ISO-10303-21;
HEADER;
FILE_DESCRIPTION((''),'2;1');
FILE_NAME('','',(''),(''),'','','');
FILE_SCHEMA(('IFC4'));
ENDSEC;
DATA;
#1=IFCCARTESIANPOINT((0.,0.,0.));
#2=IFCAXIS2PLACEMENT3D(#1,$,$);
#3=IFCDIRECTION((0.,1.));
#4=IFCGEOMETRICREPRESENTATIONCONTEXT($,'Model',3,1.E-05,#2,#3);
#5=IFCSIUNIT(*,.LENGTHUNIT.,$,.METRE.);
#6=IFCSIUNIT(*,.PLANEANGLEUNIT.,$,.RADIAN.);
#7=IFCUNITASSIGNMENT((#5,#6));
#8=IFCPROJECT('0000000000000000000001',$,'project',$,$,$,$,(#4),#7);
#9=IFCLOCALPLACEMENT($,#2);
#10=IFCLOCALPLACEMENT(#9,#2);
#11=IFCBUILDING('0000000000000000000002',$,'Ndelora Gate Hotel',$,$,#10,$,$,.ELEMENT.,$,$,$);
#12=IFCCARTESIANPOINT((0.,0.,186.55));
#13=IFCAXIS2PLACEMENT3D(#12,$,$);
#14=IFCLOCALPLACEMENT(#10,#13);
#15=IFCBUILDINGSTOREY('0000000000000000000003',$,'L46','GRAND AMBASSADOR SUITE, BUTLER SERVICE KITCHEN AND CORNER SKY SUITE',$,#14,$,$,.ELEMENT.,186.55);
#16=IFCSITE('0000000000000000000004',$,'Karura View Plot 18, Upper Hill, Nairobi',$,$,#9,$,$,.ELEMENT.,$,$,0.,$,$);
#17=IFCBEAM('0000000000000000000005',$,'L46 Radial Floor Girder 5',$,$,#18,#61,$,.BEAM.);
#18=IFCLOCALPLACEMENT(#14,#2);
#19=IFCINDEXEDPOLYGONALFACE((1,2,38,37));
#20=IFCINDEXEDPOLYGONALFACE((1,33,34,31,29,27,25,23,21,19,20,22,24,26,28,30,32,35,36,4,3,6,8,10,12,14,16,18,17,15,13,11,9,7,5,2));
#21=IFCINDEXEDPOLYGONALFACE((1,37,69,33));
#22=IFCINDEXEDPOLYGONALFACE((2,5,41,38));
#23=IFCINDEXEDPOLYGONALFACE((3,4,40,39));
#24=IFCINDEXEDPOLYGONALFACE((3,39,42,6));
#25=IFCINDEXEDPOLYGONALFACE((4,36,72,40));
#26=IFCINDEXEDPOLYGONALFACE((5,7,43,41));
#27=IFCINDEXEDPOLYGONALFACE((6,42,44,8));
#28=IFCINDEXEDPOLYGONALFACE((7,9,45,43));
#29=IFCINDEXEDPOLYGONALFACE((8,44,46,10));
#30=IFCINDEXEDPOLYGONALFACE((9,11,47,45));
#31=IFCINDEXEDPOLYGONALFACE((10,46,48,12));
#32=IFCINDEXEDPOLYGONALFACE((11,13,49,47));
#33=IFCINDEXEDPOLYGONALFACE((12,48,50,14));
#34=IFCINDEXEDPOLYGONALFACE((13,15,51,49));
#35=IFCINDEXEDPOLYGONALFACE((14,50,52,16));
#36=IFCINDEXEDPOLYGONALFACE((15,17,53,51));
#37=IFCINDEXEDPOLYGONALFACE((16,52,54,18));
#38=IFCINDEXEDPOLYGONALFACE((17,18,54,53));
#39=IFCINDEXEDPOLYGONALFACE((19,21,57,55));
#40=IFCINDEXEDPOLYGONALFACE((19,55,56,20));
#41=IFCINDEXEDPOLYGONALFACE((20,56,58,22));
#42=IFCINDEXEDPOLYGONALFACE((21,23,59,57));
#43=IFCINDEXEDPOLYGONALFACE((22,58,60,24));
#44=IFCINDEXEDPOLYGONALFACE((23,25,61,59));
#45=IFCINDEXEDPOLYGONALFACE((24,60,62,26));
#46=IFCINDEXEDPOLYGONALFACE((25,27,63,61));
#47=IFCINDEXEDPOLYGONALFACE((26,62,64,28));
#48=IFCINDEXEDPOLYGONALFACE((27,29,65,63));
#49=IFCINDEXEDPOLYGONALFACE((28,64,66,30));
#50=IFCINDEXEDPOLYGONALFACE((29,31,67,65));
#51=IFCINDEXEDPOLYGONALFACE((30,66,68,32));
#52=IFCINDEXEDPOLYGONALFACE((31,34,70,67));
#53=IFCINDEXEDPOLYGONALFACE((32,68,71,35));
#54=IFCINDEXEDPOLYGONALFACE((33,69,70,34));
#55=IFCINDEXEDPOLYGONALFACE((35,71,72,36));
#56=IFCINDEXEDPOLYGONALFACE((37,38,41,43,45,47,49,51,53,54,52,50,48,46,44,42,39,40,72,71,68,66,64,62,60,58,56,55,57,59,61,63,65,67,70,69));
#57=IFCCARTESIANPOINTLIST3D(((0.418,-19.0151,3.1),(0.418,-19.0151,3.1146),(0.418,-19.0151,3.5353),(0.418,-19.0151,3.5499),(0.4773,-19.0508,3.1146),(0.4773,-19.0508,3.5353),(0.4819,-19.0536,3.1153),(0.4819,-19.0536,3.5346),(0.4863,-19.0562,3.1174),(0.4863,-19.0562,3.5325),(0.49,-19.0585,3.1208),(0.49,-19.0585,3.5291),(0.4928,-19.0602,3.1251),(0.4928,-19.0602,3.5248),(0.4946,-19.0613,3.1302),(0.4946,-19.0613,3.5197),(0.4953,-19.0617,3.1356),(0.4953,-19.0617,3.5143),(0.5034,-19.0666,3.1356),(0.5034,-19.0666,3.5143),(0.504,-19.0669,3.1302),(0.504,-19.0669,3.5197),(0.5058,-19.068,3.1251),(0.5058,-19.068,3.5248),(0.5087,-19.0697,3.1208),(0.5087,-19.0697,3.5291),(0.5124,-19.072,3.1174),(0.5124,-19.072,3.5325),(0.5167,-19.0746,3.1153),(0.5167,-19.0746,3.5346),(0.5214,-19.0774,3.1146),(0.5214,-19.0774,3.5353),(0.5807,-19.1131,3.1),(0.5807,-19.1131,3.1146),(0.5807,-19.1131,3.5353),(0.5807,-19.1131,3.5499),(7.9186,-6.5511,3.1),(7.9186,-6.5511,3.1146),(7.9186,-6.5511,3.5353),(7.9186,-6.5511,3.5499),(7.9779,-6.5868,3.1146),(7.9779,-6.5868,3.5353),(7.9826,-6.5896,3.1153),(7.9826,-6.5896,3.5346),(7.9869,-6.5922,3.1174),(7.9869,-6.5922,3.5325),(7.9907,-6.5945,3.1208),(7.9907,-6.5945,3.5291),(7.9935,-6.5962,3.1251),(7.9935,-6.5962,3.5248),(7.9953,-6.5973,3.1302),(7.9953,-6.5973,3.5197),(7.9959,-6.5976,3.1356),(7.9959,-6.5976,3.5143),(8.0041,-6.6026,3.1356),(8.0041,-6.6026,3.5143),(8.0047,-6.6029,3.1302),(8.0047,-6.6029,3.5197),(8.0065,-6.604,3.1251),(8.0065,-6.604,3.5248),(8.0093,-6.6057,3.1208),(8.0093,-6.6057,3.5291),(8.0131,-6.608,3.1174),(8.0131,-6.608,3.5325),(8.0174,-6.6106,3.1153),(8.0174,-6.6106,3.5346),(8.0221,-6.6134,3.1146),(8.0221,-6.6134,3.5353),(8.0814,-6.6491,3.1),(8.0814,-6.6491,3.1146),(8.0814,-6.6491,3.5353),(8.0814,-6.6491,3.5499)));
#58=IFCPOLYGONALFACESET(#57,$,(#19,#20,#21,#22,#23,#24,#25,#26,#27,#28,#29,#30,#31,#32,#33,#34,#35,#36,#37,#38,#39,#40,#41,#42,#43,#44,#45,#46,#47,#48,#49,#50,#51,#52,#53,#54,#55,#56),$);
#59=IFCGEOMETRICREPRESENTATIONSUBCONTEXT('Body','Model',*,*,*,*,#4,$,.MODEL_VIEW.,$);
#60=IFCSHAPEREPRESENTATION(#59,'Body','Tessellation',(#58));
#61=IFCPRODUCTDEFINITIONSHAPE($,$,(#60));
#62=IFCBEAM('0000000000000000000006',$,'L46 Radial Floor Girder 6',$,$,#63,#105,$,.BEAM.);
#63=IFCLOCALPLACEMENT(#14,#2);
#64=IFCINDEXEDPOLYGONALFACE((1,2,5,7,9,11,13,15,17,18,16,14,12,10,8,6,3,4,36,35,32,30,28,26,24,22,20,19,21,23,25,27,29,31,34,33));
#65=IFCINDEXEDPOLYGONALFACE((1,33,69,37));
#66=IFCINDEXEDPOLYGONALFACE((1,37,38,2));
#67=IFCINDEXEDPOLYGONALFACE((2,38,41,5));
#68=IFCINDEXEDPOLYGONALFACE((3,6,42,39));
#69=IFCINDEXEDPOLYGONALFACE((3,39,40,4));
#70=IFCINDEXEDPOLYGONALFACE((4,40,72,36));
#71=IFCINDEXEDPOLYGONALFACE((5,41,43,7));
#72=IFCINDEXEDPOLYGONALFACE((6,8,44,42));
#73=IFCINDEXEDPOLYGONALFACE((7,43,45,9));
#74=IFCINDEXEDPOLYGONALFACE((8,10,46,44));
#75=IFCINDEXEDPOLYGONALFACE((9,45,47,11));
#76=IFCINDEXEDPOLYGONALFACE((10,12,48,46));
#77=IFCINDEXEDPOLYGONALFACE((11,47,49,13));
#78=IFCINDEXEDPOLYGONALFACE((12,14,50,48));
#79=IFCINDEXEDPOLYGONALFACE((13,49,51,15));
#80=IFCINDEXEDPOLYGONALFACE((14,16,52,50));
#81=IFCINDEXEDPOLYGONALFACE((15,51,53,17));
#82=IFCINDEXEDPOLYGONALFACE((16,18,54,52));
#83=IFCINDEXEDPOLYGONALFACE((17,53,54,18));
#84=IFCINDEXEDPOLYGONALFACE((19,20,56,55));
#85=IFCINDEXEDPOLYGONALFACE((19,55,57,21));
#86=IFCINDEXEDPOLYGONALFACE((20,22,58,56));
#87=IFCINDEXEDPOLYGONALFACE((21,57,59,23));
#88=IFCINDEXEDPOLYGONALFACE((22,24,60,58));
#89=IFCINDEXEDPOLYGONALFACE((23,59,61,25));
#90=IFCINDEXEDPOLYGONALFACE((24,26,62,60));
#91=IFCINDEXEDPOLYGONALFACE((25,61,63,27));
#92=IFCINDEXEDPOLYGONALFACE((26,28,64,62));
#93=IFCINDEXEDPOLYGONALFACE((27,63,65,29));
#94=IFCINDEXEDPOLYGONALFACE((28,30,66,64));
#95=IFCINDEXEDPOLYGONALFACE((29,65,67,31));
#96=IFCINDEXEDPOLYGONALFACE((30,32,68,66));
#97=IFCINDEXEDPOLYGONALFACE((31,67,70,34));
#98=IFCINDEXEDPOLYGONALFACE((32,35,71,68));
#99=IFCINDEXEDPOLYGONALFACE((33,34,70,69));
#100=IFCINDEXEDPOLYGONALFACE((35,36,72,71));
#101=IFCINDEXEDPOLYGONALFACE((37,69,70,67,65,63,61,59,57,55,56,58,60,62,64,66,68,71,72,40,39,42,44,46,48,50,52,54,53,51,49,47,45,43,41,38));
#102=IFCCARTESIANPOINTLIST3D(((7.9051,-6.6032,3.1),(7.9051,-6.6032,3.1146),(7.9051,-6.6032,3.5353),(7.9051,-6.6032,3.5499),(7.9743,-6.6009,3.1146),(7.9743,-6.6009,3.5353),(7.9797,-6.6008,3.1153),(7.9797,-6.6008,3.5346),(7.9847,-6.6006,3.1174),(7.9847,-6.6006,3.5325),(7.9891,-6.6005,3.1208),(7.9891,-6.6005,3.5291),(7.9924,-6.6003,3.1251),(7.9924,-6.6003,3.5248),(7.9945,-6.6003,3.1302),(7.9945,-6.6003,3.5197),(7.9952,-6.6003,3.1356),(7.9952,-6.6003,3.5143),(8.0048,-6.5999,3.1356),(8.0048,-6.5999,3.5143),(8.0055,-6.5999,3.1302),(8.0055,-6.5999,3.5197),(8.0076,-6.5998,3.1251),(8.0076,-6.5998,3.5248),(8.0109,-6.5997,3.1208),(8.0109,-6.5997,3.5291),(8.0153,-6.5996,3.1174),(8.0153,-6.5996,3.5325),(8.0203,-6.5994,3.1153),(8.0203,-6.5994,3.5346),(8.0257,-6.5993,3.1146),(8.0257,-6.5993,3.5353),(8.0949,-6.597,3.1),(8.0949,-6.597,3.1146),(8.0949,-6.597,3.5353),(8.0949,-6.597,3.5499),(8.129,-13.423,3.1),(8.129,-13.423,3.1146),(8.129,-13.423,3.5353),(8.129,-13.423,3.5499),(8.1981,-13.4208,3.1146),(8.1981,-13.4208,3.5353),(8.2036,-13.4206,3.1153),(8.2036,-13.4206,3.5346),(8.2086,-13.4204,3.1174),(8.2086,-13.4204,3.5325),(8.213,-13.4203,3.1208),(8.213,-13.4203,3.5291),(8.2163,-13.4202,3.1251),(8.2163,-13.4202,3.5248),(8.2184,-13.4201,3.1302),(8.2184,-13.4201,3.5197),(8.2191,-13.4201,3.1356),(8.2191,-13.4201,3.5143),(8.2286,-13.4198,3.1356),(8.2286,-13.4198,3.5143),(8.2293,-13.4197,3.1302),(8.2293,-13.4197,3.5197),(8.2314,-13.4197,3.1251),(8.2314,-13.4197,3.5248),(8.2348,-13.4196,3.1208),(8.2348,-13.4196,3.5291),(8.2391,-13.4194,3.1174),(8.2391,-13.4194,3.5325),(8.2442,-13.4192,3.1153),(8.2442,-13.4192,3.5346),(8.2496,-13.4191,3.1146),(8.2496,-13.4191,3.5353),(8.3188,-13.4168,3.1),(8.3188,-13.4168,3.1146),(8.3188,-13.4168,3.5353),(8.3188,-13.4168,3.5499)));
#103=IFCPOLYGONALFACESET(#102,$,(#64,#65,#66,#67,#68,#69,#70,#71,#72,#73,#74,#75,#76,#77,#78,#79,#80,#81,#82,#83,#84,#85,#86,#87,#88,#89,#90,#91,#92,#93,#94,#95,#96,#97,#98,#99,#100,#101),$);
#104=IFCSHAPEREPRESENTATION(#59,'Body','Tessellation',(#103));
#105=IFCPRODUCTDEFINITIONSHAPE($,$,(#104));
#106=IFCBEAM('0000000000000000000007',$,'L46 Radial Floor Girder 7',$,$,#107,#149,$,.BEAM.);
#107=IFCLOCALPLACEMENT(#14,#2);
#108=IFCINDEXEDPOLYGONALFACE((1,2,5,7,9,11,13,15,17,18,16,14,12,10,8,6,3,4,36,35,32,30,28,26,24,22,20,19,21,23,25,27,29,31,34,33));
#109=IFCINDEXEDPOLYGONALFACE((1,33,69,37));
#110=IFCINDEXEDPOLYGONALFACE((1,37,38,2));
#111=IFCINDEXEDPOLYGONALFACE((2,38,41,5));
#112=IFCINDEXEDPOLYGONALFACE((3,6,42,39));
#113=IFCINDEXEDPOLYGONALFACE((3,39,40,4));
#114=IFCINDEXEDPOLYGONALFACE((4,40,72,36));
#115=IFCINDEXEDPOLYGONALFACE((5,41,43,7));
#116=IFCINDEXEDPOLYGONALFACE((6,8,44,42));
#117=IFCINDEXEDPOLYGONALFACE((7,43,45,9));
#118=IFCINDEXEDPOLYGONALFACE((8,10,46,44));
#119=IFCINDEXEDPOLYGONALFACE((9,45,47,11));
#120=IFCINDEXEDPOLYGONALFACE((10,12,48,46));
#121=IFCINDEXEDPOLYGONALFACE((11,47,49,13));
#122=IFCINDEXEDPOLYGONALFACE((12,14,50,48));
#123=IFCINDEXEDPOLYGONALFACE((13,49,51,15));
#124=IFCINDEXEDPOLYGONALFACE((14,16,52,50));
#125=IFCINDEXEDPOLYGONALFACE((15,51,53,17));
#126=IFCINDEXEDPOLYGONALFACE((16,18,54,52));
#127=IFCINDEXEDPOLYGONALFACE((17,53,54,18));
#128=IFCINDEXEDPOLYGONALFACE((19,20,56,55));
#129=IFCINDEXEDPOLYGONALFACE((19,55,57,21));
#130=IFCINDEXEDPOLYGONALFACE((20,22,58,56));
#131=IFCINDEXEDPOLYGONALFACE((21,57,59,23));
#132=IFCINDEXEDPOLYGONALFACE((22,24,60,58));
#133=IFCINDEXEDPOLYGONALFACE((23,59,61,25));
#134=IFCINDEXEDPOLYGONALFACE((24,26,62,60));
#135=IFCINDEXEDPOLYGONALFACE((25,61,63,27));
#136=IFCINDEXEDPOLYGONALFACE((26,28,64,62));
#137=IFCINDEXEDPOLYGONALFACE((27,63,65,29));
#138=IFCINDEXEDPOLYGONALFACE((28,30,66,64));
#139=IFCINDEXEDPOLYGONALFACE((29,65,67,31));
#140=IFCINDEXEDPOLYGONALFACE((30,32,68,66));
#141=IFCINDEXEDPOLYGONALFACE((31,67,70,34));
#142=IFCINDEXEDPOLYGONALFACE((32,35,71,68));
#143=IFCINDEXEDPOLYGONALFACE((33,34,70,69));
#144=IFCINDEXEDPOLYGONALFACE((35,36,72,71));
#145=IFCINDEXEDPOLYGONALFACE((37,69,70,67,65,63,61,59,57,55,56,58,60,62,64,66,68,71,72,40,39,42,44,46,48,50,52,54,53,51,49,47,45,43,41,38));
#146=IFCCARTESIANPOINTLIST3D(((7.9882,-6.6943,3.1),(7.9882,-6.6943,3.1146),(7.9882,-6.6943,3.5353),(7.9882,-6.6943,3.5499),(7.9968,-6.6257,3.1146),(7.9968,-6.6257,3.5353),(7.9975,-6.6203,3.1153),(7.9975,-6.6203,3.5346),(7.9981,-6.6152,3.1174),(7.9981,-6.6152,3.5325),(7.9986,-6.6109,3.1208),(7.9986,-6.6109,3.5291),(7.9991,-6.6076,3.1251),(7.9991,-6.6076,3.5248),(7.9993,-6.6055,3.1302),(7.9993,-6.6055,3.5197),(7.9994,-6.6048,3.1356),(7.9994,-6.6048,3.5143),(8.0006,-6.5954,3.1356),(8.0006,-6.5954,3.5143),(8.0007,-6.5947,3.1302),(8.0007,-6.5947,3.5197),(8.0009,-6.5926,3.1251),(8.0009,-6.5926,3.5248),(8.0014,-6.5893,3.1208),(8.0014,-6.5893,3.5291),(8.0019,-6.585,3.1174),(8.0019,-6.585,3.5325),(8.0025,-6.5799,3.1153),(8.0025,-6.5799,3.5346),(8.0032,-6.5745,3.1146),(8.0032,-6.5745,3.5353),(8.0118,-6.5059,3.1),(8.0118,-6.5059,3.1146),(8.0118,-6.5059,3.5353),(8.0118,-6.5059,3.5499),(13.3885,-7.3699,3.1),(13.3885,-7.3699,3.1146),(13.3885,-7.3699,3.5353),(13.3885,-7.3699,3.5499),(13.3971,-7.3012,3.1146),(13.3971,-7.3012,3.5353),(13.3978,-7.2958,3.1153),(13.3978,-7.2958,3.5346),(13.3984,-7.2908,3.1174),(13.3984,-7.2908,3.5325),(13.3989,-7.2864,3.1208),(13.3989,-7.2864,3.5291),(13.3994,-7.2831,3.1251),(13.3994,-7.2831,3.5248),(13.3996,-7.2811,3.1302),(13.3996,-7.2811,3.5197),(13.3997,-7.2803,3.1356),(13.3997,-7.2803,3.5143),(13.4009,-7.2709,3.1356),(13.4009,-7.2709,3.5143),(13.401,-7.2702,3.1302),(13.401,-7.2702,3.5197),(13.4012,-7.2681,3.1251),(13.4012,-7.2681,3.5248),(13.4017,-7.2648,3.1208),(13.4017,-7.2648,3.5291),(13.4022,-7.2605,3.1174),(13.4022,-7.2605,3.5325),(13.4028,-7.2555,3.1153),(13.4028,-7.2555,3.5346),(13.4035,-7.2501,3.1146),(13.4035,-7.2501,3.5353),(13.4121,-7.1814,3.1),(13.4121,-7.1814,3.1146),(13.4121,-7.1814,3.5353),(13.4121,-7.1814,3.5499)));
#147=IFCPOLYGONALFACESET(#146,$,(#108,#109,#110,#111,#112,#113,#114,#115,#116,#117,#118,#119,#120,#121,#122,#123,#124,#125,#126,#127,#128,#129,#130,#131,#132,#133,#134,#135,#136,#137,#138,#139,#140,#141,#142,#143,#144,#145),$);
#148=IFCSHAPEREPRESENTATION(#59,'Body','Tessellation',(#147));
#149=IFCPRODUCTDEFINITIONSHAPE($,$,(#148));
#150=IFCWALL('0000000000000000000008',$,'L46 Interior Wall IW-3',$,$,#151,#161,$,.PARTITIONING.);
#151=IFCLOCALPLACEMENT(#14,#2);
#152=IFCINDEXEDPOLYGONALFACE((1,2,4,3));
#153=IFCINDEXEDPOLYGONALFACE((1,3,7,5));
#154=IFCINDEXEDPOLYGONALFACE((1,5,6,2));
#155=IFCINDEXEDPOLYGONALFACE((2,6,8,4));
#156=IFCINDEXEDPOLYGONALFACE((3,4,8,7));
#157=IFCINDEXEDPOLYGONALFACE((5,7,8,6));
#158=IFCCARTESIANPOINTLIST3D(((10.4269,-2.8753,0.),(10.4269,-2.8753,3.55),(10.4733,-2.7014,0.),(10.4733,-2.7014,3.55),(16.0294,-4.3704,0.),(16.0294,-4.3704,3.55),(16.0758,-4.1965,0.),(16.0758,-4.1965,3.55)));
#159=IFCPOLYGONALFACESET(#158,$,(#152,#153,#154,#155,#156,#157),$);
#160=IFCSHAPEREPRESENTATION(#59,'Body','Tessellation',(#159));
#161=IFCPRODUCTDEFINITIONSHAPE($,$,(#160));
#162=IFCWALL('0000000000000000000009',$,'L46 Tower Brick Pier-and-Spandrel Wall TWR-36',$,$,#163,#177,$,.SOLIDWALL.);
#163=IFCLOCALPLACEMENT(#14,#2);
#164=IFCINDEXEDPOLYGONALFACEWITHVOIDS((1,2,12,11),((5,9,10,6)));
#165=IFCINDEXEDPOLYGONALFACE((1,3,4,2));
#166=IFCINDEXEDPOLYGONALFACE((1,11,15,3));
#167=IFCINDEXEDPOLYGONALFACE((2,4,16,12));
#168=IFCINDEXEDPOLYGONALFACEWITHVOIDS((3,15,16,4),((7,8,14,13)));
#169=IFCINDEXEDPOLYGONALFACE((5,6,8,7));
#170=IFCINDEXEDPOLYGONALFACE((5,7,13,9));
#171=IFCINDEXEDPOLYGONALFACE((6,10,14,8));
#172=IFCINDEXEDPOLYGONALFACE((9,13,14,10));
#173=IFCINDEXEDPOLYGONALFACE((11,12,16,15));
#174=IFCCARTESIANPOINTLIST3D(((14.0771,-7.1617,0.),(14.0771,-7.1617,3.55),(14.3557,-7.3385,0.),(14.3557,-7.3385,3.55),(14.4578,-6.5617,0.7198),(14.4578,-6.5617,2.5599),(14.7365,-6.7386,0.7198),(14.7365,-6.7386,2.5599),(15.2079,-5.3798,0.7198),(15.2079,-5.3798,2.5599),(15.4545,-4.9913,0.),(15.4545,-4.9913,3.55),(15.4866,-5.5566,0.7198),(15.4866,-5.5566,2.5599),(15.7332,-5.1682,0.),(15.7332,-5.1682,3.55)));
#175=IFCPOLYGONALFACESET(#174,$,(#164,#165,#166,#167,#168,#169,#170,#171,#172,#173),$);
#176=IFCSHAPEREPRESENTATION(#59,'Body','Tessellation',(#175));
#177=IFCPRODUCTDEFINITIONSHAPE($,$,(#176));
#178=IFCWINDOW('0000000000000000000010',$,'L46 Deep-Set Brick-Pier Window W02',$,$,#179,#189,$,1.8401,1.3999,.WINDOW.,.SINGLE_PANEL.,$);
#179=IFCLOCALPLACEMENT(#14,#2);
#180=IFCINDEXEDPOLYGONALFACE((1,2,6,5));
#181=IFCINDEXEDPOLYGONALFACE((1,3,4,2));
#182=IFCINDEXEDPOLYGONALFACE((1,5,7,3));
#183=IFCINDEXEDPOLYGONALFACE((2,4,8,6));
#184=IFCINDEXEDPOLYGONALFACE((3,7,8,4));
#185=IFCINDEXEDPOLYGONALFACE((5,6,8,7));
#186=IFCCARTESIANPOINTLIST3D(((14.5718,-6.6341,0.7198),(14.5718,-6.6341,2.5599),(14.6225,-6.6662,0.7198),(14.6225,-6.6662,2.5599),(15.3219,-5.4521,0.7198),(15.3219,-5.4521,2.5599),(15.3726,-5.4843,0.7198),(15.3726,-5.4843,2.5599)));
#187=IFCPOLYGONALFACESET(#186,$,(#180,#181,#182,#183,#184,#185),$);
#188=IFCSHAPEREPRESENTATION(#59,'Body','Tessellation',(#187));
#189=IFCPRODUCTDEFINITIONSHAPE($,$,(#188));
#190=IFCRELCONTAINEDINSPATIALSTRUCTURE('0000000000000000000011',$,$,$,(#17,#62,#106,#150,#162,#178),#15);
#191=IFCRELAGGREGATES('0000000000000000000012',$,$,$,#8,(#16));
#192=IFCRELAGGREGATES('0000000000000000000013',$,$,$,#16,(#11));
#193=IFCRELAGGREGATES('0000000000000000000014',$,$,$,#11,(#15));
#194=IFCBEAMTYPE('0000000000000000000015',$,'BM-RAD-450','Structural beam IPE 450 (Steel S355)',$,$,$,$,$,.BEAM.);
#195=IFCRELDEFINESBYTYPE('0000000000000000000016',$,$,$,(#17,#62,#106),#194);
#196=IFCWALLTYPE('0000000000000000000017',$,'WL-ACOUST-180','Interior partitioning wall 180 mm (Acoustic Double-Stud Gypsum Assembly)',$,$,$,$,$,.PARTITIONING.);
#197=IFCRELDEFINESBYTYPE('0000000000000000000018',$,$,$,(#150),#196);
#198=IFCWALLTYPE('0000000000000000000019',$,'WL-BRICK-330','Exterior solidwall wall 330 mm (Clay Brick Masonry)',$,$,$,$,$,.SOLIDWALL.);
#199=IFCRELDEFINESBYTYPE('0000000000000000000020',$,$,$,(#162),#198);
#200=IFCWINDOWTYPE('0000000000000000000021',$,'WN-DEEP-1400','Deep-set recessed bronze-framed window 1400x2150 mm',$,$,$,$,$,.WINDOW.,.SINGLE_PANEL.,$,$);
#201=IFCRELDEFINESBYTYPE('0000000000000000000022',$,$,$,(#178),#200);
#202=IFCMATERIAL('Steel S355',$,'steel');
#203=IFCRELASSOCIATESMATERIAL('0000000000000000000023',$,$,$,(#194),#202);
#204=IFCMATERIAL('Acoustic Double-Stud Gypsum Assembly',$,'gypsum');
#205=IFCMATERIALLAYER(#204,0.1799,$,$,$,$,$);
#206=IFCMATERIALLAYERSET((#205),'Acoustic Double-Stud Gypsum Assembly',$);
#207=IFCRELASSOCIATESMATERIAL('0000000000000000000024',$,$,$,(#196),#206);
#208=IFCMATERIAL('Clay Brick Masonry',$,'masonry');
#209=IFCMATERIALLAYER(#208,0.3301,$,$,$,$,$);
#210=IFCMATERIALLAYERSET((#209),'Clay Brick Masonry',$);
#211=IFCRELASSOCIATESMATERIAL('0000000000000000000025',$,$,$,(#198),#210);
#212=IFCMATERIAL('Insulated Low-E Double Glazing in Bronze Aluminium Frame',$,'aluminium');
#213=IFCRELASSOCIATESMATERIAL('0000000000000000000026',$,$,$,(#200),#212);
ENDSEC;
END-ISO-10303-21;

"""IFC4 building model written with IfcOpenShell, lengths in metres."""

from ifc_helpers import new_model, si_unit, direction, frame, frame_2d, origin, origin_2d, place, context, subcontext, project, spatial, rectangle, i_section, extrude, material, layer, layer_set, material_profile, profile_set, type_object, element, fill, save


model = new_model("IFC4")

# Units and contexts
model_context = context("Model", 3, precision=1e-05, world=origin(), true_north=direction((0.0, 1.0)))
body_context = subcontext(model_context, "Body", "Model", "MODEL_VIEW")
ifc_project = project(units=[si_unit("LENGTHUNIT", "METRE"), si_unit("PLANEANGLEUNIT", "RADIAN")], contexts=[model_context])

# Site, building, storey
site_placement = place(None, origin())
site = spatial("IfcSite", under=ifc_project, at=site_placement, Name="Karura View Plot 18, Upper Hill, Nairobi", CompositionType="ELEMENT", RefElevation=0.0)
building_placement = place(site_placement, origin())
building = spatial("IfcBuilding", under=site, at=building_placement, Name="Ndelora Gate Hotel", CompositionType="ELEMENT")
storey_placement = place(building_placement, frame((0.0, 0.0, 186.55)))
storey = spatial("IfcBuildingStorey", under=building, at=storey_placement, Name="L46", Description="GRAND AMBASSADOR SUITE, BUTLER SERVICE KITCHEN AND CORNER SKY SUITE", CompositionType="ELEMENT", Elevation=186.55)

# Beams
ifc_material_1 = material(Name="Steel S355", Category="steel")
ifc_material_profile_1 = material_profile(ifc_material_1, i_section(OverallWidth=0.1899, OverallDepth=0.45, WebThickness=0.0095, FlangeThickness=0.0146, FilletRadius=0.021, at=origin_2d()), Name="IPE 450")
ifc_profile_set_1 = profile_set([ifc_material_profile_1], Name="Steel S355")
beam_type_1 = type_object("IfcBeamType", Name="BM-RAD-450", Description="Structural beam IPE 450 (Steel S355)", PredefinedType="BEAM", material=ifc_profile_set_1)
beam_1_placement = place(storey_placement, frame((8.0, -6.6001, 3.325), z_axis=(-0.515621, -0.856817, 0.0), x_axis=(0.856817, -0.515621, 0.0)))
element("IfcBeam", 1, at=beam_1_placement, inside=storey, type_object=beam_type_1, Name="L46 Radial Floor Girder 5", PredefinedType="BEAM", context=body_context, shape_type="SweptSolid", body=[
    extrude(i_section(OverallWidth=0.1899, OverallDepth=0.45, WebThickness=0.0095, FlangeThickness=0.0146, FilletRadius=0.021, at=origin_2d()), origin(), (0.0, 0.0, 1.0), 14.5469),
])
beam_2_placement = place(storey_placement, frame((8.0, -6.6001, 3.325), z_axis=(0.03281, -0.999462, 0.0), x_axis=(0.999462, 0.03281, 0.0)))
element("IfcBeam", 2, at=beam_2_placement, inside=storey, type_object=beam_type_1, Name="L46 Radial Floor Girder 6", PredefinedType="BEAM", context=body_context, shape_type="SweptSolid", body=[
    extrude(i_section(OverallWidth=0.1899, OverallDepth=0.45, WebThickness=0.0095, FlangeThickness=0.0146, FilletRadius=0.021, at=origin_2d()), origin(), (0.0, 0.0, 1.0), 6.8235),
])
beam_3_placement = place(storey_placement, frame((8.0, -6.6001, 3.325), z_axis=(0.992267, -0.124123, 0.0), x_axis=(0.124123, 0.992267, 0.0)))
element("IfcBeam", 3, at=beam_3_placement, inside=storey, type_object=beam_type_1, Name="L46 Radial Floor Girder 7", PredefinedType="BEAM", context=body_context, shape_type="SweptSolid", body=[
    extrude(i_section(OverallWidth=0.1899, OverallDepth=0.45, WebThickness=0.0095, FlangeThickness=0.0146, FilletRadius=0.021, at=origin_2d()), origin(), (0.0, 0.0, 1.0), 5.4424),
])

# Wall
ifc_material_2 = material(Name="Acoustic Double-Stud Gypsum Assembly", Category="gypsum")
ifc_layer_1 = layer(ifc_material_2, 0.1799)
ifc_layer_set_1 = layer_set([ifc_layer_1], Name="Acoustic Double-Stud Gypsum Assembly")
wall_type_1 = type_object("IfcWallType", Name="WL-ACOUST-180", Description="Interior partitioning wall 180 mm (Acoustic Double-Stud Gypsum Assembly)", PredefinedType="PARTITIONING", material=ifc_layer_set_1)
wall_1_placement = place(storey_placement, frame((10.45, -2.7883, 0.0), z_axis=(0.0, 0.0, 1.0), x_axis=(0.966187, -0.257841, 0.0)))
element("IfcWall", 4, at=wall_1_placement, inside=storey, type_object=wall_type_1, Name="L46 Interior Wall IW-3", PredefinedType="PARTITIONING", context=body_context, shape_type="SweptSolid", body=[
    extrude(rectangle(XDim=5.7986, YDim=0.1799, at=frame_2d((2.8994, 0.0))), origin(), (0.0, 0.0, 1.0), 3.55),
])

# Wall, opening, window
ifc_material_3 = material(Name="Clay Brick Masonry", Category="masonry")
ifc_layer_2 = layer(ifc_material_3, 0.3301)
ifc_layer_set_2 = layer_set([ifc_layer_2], Name="Clay Brick Masonry")
wall_type_2 = type_object("IfcWallType", Name="WL-BRICK-330", Description="Exterior solidwall wall 330 mm (Clay Brick Masonry)", PredefinedType="SOLIDWALL", material=ifc_layer_set_2)
wall_2_placement = place(storey_placement, frame((15.5938, -5.0798, 0.0), z_axis=(0.0, 0.0, 1.0), x_axis=(-0.535843, -0.844318, 0.0)))
wall_2 = element("IfcWall", 5, at=wall_2_placement, inside=storey, type_object=wall_type_2, Name="L46 Tower Brick Pier-and-Spandrel Wall TWR-36", PredefinedType="SOLIDWALL", context=body_context, shape_type="SweptSolid", body=[
    extrude(rectangle(XDim=2.5706, YDim=0.3301, at=frame_2d((1.2852, 0.0))), origin(), (0.0, 0.0, 1.0), 3.55),
])
opening_1_placement = place(wall_2_placement, frame((0.46, 0.0, 0.72)))
opening_1 = element("IfcOpeningElement", 6, at=opening_1_placement, cuts=wall_2, PredefinedType="OPENING", context=body_context, shape_type="SweptSolid", body=[
    extrude(rectangle(XDim=1.3999, YDim=1.8401, at=frame_2d((0.7, 0.9199))), frame((0.0, 0.175, 0.0), z_axis=(0.0, -1.0, 0.0), x_axis=(1.0, 0.0, 0.0)), (0.0, 0.0, 1.0), 0.3501),
])
ifc_material_4 = material(Name="Insulated Low-E Double Glazing in Bronze Aluminium Frame", Category="aluminium")
window_type = type_object("IfcWindowType", Name="WN-DEEP-1400", Description="Deep-set recessed bronze-framed window 1400x2150 mm", PartitioningType="SINGLE_PANEL", PredefinedType="WINDOW", material=ifc_material_4)
window_1_placement = place(opening_1_placement, origin())
window_1 = element("IfcWindow", 7, at=window_1_placement, inside=storey, type_object=window_type, Name="L46 Deep-Set Brick-Pier Window W02", OverallHeight=1.8401, OverallWidth=1.3999, PartitioningType="SINGLE_PANEL", PredefinedType="WINDOW", context=body_context, shape_type="SweptSolid", body=[
    extrude(rectangle(XDim=1.3999, YDim=1.8401, at=frame_2d((0.7, 0.9199))), frame((0.0, 0.03, 0.0), z_axis=(0.0, -1.0, 0.0), x_axis=(1.0, 0.0, 0.0)), (0.0, 0.0, 1.0), 0.0601),
])
fill(opening_1, window_1)

save(model, "model.ifc")
